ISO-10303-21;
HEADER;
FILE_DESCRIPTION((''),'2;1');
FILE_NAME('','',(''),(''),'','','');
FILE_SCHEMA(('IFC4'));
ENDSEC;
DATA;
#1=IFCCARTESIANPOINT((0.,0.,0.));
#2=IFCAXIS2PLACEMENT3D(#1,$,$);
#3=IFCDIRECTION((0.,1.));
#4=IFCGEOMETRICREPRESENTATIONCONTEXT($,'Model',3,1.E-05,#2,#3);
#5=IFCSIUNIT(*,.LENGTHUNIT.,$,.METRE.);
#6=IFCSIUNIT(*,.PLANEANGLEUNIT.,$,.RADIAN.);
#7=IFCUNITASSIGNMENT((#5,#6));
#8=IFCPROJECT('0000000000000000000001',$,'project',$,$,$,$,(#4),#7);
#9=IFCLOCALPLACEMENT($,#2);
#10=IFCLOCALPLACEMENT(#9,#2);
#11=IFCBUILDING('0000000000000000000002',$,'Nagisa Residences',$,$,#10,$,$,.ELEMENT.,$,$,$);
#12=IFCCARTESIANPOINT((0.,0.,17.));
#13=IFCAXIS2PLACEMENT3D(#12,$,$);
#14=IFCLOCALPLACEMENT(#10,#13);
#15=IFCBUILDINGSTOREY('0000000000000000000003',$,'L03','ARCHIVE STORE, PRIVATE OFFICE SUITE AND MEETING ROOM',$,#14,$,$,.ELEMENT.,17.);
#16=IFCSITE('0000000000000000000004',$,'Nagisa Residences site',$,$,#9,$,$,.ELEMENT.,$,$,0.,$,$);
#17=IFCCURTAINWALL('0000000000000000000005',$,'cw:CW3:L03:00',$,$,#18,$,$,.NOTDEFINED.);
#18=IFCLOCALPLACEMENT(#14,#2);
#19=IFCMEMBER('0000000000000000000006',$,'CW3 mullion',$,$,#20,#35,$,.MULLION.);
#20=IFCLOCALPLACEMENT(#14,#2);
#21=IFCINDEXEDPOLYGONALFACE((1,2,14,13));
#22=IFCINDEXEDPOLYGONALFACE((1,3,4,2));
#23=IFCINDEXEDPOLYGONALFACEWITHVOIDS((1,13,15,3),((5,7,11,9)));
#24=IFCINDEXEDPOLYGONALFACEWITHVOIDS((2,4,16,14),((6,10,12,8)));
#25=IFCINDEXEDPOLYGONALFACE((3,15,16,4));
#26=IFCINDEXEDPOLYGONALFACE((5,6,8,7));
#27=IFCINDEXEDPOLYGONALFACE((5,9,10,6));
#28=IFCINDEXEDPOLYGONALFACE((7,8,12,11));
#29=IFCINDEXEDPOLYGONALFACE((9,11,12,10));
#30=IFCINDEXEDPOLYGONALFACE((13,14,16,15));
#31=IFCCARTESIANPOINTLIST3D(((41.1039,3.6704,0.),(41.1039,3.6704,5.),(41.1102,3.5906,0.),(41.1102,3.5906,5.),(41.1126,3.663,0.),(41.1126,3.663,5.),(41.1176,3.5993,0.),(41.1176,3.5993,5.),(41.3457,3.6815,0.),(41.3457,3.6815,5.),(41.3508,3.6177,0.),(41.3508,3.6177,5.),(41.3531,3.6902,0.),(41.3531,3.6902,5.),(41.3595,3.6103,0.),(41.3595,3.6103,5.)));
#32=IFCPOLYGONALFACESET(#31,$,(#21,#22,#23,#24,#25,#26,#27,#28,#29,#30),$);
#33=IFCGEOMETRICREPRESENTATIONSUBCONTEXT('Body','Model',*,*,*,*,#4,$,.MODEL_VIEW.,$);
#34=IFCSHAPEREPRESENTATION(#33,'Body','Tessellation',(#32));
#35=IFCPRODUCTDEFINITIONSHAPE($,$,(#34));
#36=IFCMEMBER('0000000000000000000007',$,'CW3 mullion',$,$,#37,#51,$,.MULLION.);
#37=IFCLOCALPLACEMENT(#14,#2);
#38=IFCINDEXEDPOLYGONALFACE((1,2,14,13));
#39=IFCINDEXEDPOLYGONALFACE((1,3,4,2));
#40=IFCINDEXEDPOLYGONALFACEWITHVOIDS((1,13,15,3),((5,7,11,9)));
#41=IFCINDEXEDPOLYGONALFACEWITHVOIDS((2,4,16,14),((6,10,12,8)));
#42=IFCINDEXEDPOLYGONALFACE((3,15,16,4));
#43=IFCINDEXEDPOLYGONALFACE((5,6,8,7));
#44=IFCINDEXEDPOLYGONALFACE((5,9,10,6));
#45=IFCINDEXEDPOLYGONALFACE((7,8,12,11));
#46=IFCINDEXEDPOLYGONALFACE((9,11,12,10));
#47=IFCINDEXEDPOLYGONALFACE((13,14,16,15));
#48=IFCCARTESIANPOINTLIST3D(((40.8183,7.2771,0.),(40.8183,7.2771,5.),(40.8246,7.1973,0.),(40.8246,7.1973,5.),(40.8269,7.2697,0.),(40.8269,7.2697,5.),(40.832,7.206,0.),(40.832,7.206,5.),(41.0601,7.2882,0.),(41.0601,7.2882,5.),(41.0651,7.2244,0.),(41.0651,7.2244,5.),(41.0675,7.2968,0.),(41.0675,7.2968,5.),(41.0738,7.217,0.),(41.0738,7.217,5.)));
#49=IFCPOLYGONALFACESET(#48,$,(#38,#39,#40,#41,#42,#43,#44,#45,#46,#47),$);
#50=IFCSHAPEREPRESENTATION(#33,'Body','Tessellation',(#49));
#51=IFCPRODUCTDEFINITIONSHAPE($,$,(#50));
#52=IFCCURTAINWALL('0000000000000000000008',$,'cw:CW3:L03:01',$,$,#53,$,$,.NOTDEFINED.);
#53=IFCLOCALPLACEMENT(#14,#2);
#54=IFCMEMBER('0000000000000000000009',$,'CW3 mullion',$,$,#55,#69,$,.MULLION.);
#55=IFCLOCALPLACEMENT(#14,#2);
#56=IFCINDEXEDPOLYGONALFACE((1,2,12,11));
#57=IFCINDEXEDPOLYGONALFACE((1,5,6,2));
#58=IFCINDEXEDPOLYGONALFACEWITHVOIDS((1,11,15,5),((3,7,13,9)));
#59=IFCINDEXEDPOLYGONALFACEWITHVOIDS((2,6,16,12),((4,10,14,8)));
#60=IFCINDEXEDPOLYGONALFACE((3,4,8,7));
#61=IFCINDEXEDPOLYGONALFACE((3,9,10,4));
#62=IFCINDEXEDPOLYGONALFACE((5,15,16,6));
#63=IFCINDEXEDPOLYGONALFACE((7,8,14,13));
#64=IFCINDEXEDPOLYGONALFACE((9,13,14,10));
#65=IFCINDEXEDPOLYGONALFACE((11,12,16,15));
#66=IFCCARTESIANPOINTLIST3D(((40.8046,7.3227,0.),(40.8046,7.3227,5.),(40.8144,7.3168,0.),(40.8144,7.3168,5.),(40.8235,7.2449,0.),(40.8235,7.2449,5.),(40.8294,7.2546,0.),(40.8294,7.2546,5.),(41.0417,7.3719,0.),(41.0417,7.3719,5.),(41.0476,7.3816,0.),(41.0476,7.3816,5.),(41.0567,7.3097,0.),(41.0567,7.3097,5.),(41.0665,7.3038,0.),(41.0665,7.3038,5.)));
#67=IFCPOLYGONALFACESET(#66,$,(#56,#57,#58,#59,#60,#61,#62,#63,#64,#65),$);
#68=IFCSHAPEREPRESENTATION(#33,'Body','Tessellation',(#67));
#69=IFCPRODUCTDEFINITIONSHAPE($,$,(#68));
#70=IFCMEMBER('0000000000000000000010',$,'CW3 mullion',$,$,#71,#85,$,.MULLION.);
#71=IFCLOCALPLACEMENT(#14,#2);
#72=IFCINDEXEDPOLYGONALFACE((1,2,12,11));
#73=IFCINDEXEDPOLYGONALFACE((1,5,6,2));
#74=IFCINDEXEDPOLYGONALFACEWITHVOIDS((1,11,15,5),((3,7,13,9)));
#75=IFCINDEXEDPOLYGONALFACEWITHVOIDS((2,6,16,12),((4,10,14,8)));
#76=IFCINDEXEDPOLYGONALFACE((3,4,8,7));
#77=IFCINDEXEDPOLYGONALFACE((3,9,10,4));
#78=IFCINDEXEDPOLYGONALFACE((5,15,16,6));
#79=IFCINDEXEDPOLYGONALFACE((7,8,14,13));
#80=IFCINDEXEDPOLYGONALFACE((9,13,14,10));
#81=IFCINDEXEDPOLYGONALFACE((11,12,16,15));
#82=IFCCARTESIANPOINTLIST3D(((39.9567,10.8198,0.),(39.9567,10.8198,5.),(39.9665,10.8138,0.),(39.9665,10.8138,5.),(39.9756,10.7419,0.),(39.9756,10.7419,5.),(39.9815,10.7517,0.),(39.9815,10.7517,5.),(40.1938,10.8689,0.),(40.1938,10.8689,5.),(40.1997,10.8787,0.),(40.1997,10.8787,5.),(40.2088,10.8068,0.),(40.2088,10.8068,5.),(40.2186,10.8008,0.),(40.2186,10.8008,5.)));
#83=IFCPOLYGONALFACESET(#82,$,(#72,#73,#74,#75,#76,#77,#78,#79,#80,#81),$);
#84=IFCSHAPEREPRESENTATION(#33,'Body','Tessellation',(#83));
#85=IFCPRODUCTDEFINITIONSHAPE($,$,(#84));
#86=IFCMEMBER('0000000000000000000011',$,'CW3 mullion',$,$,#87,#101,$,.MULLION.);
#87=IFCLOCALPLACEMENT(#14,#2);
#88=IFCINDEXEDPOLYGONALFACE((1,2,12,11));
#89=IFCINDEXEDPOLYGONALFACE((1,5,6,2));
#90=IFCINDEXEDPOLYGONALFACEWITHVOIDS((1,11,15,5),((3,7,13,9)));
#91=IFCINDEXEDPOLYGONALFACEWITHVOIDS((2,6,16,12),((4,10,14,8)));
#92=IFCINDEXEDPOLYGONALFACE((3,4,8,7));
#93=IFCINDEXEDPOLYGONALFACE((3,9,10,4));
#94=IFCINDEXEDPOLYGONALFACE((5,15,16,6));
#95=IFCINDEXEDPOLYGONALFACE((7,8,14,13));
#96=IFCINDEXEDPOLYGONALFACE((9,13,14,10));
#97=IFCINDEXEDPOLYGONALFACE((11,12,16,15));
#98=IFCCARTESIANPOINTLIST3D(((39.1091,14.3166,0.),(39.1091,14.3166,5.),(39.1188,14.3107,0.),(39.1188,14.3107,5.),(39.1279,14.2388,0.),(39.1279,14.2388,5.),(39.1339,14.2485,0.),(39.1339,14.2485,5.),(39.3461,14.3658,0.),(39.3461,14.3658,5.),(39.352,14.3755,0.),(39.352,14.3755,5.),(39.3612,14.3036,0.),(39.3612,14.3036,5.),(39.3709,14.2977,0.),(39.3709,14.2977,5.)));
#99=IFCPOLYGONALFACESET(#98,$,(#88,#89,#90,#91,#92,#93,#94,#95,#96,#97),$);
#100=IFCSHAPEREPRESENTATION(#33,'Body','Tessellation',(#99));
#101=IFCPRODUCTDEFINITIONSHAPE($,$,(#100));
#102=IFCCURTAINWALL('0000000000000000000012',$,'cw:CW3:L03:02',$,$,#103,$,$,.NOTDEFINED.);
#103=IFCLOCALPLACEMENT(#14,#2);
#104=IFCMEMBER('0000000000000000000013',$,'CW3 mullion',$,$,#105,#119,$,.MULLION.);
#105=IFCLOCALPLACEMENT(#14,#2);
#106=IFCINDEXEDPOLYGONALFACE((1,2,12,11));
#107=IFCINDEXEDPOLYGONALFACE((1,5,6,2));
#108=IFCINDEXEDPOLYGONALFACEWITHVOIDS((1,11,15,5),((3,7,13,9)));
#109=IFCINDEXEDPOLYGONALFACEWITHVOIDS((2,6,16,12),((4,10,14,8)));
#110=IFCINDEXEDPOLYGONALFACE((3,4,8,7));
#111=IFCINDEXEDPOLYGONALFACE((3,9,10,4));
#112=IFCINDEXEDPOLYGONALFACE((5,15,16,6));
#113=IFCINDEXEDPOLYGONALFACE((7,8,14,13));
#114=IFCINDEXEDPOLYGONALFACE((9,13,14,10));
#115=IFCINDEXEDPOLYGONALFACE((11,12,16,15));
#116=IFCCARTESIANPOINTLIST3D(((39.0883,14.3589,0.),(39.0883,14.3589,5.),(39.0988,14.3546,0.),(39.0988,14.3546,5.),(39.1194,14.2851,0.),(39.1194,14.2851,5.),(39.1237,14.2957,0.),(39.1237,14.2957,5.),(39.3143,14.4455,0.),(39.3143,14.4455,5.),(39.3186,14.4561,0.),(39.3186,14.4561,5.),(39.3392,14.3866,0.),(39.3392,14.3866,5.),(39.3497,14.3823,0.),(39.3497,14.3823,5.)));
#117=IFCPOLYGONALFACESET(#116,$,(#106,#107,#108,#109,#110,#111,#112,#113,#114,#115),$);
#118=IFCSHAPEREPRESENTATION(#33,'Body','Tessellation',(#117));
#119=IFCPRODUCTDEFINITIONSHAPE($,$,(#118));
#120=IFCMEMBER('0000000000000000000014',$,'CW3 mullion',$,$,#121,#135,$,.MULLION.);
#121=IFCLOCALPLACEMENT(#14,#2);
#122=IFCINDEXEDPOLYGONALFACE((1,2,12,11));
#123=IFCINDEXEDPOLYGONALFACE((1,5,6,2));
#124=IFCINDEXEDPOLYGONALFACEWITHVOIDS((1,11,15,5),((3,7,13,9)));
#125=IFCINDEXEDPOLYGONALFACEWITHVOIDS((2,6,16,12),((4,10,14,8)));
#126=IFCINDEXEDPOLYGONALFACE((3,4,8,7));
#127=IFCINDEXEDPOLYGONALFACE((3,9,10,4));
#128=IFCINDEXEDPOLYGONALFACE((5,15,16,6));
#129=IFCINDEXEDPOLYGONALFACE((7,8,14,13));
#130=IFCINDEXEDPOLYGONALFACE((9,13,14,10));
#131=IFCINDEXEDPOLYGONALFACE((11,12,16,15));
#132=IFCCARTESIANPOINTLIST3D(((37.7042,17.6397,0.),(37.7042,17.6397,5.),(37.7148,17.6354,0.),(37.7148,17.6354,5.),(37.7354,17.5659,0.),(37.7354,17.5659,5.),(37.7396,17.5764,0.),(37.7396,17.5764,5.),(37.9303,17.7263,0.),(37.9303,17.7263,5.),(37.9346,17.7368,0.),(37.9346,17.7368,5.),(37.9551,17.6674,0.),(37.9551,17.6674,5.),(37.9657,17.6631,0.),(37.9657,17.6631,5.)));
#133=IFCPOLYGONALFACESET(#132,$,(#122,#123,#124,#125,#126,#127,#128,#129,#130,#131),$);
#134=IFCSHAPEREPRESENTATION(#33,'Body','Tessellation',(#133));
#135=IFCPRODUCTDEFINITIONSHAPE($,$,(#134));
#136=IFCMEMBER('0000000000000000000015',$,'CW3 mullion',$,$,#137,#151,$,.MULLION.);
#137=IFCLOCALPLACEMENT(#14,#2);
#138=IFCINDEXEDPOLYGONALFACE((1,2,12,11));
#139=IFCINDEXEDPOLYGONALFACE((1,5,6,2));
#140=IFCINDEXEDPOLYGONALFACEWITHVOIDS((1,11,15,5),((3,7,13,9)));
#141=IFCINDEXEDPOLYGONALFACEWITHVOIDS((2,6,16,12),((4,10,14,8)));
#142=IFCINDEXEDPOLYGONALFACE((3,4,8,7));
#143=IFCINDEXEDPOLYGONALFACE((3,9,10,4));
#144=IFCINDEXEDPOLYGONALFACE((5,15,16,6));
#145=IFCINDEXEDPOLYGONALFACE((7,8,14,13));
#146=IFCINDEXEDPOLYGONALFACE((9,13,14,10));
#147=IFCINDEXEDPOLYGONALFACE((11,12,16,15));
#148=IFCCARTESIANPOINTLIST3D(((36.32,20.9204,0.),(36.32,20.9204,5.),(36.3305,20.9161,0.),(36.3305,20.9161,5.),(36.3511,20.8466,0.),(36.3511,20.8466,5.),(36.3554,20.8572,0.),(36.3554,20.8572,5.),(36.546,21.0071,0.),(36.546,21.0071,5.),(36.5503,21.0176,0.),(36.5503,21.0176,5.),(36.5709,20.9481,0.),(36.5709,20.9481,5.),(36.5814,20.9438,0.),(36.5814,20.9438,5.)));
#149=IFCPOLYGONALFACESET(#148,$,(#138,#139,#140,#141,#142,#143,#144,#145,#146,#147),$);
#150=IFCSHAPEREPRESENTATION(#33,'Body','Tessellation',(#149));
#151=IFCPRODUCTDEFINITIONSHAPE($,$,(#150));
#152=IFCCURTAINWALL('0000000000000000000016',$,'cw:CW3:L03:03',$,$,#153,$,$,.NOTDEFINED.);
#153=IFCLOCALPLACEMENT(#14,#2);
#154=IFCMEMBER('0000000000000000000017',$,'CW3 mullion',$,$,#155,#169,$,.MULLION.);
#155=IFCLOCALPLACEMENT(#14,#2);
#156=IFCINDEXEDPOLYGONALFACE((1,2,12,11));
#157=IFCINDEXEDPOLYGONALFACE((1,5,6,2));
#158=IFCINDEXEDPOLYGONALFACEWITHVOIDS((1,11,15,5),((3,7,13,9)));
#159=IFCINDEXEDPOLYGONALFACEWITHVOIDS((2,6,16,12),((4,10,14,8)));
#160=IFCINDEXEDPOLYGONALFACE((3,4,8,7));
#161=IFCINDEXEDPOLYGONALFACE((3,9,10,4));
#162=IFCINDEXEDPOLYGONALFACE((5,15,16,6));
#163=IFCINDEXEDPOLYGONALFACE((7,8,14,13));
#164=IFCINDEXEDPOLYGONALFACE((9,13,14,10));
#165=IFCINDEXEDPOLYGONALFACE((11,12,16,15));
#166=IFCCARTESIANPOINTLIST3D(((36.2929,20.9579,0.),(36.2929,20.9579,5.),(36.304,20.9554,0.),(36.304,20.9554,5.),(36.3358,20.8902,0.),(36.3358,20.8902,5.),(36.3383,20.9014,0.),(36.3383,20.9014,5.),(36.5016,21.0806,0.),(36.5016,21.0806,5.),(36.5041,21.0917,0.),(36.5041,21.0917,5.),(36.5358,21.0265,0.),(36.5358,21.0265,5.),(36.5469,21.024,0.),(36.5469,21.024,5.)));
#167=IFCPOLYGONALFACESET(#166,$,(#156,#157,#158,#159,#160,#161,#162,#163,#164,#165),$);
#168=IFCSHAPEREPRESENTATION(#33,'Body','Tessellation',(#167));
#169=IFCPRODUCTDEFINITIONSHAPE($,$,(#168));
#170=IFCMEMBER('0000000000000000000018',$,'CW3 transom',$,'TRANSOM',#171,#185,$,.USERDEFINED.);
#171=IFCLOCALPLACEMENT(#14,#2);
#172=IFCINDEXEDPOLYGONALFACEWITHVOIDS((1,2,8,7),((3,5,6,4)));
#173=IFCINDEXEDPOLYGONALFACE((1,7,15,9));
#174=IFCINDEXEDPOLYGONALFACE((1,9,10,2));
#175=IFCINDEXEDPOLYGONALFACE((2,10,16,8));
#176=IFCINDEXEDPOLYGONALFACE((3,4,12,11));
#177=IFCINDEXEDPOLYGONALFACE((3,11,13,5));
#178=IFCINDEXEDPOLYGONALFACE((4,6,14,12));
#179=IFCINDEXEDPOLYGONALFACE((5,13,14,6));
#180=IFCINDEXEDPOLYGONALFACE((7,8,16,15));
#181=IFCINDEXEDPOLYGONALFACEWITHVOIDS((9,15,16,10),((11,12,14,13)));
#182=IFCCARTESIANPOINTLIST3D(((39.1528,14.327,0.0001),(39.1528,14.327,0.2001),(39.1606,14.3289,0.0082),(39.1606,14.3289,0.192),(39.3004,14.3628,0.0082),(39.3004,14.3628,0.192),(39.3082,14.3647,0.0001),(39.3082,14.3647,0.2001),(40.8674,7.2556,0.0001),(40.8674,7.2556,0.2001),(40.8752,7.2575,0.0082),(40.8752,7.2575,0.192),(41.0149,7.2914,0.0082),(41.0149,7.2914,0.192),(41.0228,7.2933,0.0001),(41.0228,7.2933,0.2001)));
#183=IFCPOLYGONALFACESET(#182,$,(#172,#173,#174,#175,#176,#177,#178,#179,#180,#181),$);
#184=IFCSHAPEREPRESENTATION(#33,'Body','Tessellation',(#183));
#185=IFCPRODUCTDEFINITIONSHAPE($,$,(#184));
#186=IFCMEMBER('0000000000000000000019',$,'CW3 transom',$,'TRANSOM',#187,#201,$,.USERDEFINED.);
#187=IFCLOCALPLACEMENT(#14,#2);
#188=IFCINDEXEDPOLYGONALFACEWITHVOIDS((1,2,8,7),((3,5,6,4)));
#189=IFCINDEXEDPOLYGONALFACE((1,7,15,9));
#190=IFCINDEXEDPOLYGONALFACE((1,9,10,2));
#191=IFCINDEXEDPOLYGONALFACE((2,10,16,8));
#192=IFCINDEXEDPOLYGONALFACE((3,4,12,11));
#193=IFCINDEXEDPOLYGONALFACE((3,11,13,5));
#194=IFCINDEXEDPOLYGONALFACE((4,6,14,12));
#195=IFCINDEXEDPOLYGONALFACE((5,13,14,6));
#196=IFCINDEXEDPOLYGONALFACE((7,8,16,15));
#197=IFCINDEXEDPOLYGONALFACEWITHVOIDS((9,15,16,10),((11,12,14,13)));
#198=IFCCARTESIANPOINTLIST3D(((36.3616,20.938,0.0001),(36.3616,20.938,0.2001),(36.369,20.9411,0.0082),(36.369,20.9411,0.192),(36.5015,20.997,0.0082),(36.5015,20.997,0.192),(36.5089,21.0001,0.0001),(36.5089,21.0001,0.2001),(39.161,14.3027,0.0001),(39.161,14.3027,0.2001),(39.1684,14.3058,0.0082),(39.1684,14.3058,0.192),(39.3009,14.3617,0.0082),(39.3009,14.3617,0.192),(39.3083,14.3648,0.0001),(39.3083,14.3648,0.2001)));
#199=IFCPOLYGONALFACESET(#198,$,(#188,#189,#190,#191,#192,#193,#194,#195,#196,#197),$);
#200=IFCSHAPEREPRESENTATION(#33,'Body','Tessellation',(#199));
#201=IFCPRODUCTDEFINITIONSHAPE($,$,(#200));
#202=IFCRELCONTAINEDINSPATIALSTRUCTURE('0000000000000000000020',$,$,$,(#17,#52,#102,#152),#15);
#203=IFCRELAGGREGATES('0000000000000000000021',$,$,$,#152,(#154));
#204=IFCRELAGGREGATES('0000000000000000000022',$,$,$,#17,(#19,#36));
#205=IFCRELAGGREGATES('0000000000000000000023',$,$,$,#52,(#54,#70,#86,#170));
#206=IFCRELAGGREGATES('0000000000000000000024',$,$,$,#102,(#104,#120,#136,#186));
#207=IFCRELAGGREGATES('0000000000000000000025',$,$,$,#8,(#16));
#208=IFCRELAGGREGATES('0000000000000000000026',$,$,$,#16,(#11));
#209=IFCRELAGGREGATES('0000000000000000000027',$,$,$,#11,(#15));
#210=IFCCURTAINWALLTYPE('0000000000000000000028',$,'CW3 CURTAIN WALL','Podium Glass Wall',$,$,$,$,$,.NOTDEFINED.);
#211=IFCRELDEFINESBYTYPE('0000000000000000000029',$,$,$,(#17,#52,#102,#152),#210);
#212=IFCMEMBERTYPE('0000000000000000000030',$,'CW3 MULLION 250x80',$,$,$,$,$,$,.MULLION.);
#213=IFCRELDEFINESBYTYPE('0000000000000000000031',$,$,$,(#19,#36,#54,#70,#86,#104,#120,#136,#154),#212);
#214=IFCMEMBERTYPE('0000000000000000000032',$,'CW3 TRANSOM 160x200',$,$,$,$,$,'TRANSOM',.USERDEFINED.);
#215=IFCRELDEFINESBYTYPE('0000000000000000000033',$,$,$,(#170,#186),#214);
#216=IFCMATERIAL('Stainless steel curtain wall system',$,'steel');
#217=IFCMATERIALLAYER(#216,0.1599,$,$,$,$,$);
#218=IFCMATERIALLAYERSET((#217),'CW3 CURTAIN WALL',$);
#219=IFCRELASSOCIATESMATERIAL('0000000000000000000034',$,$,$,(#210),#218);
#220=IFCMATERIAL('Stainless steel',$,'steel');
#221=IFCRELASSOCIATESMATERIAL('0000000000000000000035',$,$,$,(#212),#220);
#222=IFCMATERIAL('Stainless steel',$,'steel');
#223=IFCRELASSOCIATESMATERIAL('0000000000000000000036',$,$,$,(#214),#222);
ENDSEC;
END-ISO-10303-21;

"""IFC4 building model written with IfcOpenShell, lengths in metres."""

from ifc_helpers import new_model, si_unit, direction, frame, origin, origin_2d, place, context, subcontext, project, spatial, hollow_rectangle, extrude, material, layer, layer_set, material_profile, profile_set, type_object, element, aggregate, save


model = new_model("IFC4")

# Units and contexts
model_context = context("Model", 3, precision=1e-05, world=origin(), true_north=direction((0.0, 1.0)))
body_context = subcontext(model_context, "Body", "Model", "MODEL_VIEW")
ifc_project = project(units=[si_unit("LENGTHUNIT", "METRE"), si_unit("PLANEANGLEUNIT", "RADIAN")], contexts=[model_context])

# Site, building, storey
site_placement = place(None, origin())
site = spatial("IfcSite", under=ifc_project, at=site_placement, Name="Nagisa Residences site", CompositionType="ELEMENT", RefElevation=0.0)
building_placement = place(site_placement, origin())
building = spatial("IfcBuilding", under=site, at=building_placement, Name="Nagisa Residences", CompositionType="ELEMENT")
storey_placement = place(building_placement, frame((0.0, 0.0, 17.0)))
storey = spatial("IfcBuildingStorey", under=building, at=storey_placement, Name="L03", Description="ARCHIVE STORE, PRIVATE OFFICE SUITE AND MEETING ROOM", CompositionType="ELEMENT", Elevation=17.0)

# Curtain walls, members
ifc_material_1 = material(Name="Stainless steel curtain wall system", Category="steel")
ifc_layer_1 = layer(ifc_material_1, 0.1599)
ifc_layer_set_1 = layer_set([ifc_layer_1], Name="CW3 CURTAIN WALL")
curtain_wall_type_1 = type_object("IfcCurtainWallType", Name="CW3 CURTAIN WALL", Description="Podium Glass Wall", PredefinedType="NOTDEFINED", material=ifc_layer_set_1)
curtain_wall_1_placement = place(storey_placement, origin())
curtain_wall_1 = element("IfcCurtainWall", 1, at=curtain_wall_1_placement, inside=storey, type_object=curtain_wall_type_1, Name="cw:CW3:L03:00", PredefinedType="NOTDEFINED")
ifc_material_2 = material(Name="Stainless steel", Category="steel")
ifc_material_profile_1 = material_profile(ifc_material_2, hollow_rectangle(XDim=0.25, YDim=0.0801, WallThickness=0.0081, at=origin_2d()), Name="CW3 MULLION 250x80")
ifc_profile_set_1 = profile_set([ifc_material_profile_1], Name="Stainless steel")
member_type_1 = type_object("IfcMemberType", Name="CW3 MULLION 250x80", PredefinedType="MULLION", material=ifc_profile_set_1)
member_1_placement = place(storey_placement, frame((41.2317, 3.6404, 0.0), z_axis=(0.0, 0.0, 1.0), x_axis=(-0.996882, -0.07891, 0.0)))
member_1 = element("IfcMember", 2, at=member_1_placement, type_object=member_type_1, Name="CW3 mullion", PredefinedType="MULLION", context=body_context, shape_type="SweptSolid", body=[
    extrude(hollow_rectangle(XDim=0.25, YDim=0.0801, WallThickness=0.0081, at=origin_2d()), origin(), (0.0, 0.0, 1.0), 5.0),
])
member_2_placement = place(storey_placement, frame((40.946, 7.2471, 0.0), z_axis=(0.0, 0.0, 1.0), x_axis=(-0.996882, -0.07891, 0.0)))
member_2 = element("IfcMember", 3, at=member_2_placement, type_object=member_type_1, Name="CW3 mullion", PredefinedType="MULLION", context=body_context, shape_type="SweptSolid", body=[
    extrude(hollow_rectangle(XDim=0.25, YDim=0.0801, WallThickness=0.0081, at=origin_2d()), origin(), (0.0, 0.0, 1.0), 5.0),
])
curtain_wall_2_placement = place(storey_placement, origin())
curtain_wall_2 = element("IfcCurtainWall", 4, at=curtain_wall_2_placement, inside=storey, type_object=curtain_wall_type_1, Name="cw:CW3:L03:01", PredefinedType="NOTDEFINED")
member_3_placement = place(storey_placement, frame((40.9355, 7.3132, 0.0), z_axis=(0.0, 0.0, 1.0), x_axis=(-0.971849, -0.235606, 0.0)))
member_3 = element("IfcMember", 5, at=member_3_placement, type_object=member_type_1, Name="CW3 mullion", PredefinedType="MULLION", context=body_context, shape_type="SweptSolid", body=[
    extrude(hollow_rectangle(XDim=0.25, YDim=0.0801, WallThickness=0.0081, at=origin_2d()), origin(), (0.0, 0.0, 1.0), 5.0),
])
member_4_placement = place(storey_placement, frame((40.0876, 10.8103, 0.0), z_axis=(0.0, 0.0, 1.0), x_axis=(-0.971849, -0.235606, 0.0)))
member_4 = element("IfcMember", 6, at=member_4_placement, type_object=member_type_1, Name="CW3 mullion", PredefinedType="MULLION", context=body_context, shape_type="SweptSolid", body=[
    extrude(hollow_rectangle(XDim=0.25, YDim=0.0801, WallThickness=0.0081, at=origin_2d()), origin(), (0.0, 0.0, 1.0), 5.0),
])
member_5_placement = place(storey_placement, frame((39.24, 14.3071, 0.0), z_axis=(0.0, 0.0, 1.0), x_axis=(-0.971849, -0.235606, 0.0)))
member_5 = element("IfcMember", 7, at=member_5_placement, type_object=member_type_1, Name="CW3 mullion", PredefinedType="MULLION", context=body_context, shape_type="SweptSolid", body=[
    extrude(hollow_rectangle(XDim=0.25, YDim=0.0801, WallThickness=0.0081, at=origin_2d()), origin(), (0.0, 0.0, 1.0), 5.0),
])
curtain_wall_3_placement = place(storey_placement, origin())
curtain_wall_3 = element("IfcCurtainWall", 8, at=curtain_wall_3_placement, inside=storey, type_object=curtain_wall_type_1, Name="cw:CW3:L03:02", PredefinedType="NOTDEFINED")
member_6_placement = place(storey_placement, frame((39.219, 14.3706, 0.0), z_axis=(0.0, 0.0, 1.0), x_axis=(-0.921357, -0.388718, 0.0)))
member_6 = element("IfcMember", 9, at=member_6_placement, type_object=member_type_1, Name="CW3 mullion", PredefinedType="MULLION", context=body_context, shape_type="SweptSolid", body=[
    extrude(hollow_rectangle(XDim=0.25, YDim=0.0801, WallThickness=0.0081, at=origin_2d()), origin(), (0.0, 0.0, 1.0), 5.0),
])
member_7_placement = place(storey_placement, frame((37.835, 17.6514, 0.0), z_axis=(0.0, 0.0, 1.0), x_axis=(-0.921357, -0.388718, 0.0)))
member_7 = element("IfcMember", 10, at=member_7_placement, type_object=member_type_1, Name="CW3 mullion", PredefinedType="MULLION", context=body_context, shape_type="SweptSolid", body=[
    extrude(hollow_rectangle(XDim=0.25, YDim=0.0801, WallThickness=0.0081, at=origin_2d()), origin(), (0.0, 0.0, 1.0), 5.0),
])
member_8_placement = place(storey_placement, frame((36.4507, 20.9321, 0.0), z_axis=(0.0, 0.0, 1.0), x_axis=(-0.921357, -0.388718, 0.0)))
member_8 = element("IfcMember", 11, at=member_8_placement, type_object=member_type_1, Name="CW3 mullion", PredefinedType="MULLION", context=body_context, shape_type="SweptSolid", body=[
    extrude(hollow_rectangle(XDim=0.25, YDim=0.0801, WallThickness=0.0081, at=origin_2d()), origin(), (0.0, 0.0, 1.0), 5.0),
])

# Curtain wall, member
curtain_wall_4_placement = place(storey_placement, origin())
curtain_wall_4 = element("IfcCurtainWall", 12, at=curtain_wall_4_placement, inside=storey, type_object=curtain_wall_type_1, Name="cw:CW3:L03:03", PredefinedType="NOTDEFINED")
member_9_placement = place(storey_placement, frame((36.4199, 20.991, 0.0), z_axis=(0.0, 0.0, 1.0), x_axis=(-0.844747, -0.535165, 0.0)))
member_9 = element("IfcMember", 13, at=member_9_placement, type_object=member_type_1, Name="CW3 mullion", PredefinedType="MULLION", context=body_context, shape_type="SweptSolid", body=[
    extrude(hollow_rectangle(XDim=0.25, YDim=0.0801, WallThickness=0.0081, at=origin_2d()), origin(), (0.0, 0.0, 1.0), 5.0),
])

# Members
ifc_material_3 = material(Name="Stainless steel", Category="steel")
ifc_material_profile_2 = material_profile(ifc_material_3, hollow_rectangle(XDim=0.1599, YDim=0.2, WallThickness=0.0081, at=origin_2d()), Name="CW3 TRANSOM 160x200")
ifc_profile_set_2 = profile_set([ifc_material_profile_2], Name="Stainless steel")
member_type_2 = type_object("IfcMemberType", Name="CW3 TRANSOM 160x200", ElementType="TRANSOM", PredefinedType="USERDEFINED", material=ifc_profile_set_2)
member_10_placement = place(storey_placement, frame((40.9451, 7.2744, 0.1001), z_axis=(-0.235637, 0.971841, 0.0), x_axis=(-0.971841, -0.235637, 0.0)))
member_10 = element("IfcMember", 14, at=member_10_placement, type_object=member_type_2, Name="CW3 transom", ObjectType="TRANSOM", PredefinedType="USERDEFINED", context=body_context, shape_type="SweptSolid", body=[
    extrude(hollow_rectangle(XDim=0.1599, YDim=0.2, WallThickness=0.0081, at=origin_2d()), origin(), (0.0, 0.0, 1.0), 7.2764),
])
member_11_placement = place(storey_placement, frame((39.2346, 14.3337, 0.1001), z_axis=(-0.388709, 0.921361, 0.0), x_axis=(-0.921361, -0.388709, 0.0)))
member_11 = element("IfcMember", 15, at=member_11_placement, type_object=member_type_2, Name="CW3 transom", ObjectType="TRANSOM", PredefinedType="USERDEFINED", context=body_context, shape_type="SweptSolid", body=[
    extrude(hollow_rectangle(XDim=0.1599, YDim=0.2, WallThickness=0.0081, at=origin_2d()), origin(), (0.0, 0.0, 1.0), 7.2017),
])
aggregate(curtain_wall_4, [member_9])

aggregate(curtain_wall_1, [member_1, member_2])
aggregate(curtain_wall_2, [member_3, member_4, member_5, member_10])
aggregate(curtain_wall_3, [member_6, member_7, member_8, member_11])

save(model, "model.ifc")
